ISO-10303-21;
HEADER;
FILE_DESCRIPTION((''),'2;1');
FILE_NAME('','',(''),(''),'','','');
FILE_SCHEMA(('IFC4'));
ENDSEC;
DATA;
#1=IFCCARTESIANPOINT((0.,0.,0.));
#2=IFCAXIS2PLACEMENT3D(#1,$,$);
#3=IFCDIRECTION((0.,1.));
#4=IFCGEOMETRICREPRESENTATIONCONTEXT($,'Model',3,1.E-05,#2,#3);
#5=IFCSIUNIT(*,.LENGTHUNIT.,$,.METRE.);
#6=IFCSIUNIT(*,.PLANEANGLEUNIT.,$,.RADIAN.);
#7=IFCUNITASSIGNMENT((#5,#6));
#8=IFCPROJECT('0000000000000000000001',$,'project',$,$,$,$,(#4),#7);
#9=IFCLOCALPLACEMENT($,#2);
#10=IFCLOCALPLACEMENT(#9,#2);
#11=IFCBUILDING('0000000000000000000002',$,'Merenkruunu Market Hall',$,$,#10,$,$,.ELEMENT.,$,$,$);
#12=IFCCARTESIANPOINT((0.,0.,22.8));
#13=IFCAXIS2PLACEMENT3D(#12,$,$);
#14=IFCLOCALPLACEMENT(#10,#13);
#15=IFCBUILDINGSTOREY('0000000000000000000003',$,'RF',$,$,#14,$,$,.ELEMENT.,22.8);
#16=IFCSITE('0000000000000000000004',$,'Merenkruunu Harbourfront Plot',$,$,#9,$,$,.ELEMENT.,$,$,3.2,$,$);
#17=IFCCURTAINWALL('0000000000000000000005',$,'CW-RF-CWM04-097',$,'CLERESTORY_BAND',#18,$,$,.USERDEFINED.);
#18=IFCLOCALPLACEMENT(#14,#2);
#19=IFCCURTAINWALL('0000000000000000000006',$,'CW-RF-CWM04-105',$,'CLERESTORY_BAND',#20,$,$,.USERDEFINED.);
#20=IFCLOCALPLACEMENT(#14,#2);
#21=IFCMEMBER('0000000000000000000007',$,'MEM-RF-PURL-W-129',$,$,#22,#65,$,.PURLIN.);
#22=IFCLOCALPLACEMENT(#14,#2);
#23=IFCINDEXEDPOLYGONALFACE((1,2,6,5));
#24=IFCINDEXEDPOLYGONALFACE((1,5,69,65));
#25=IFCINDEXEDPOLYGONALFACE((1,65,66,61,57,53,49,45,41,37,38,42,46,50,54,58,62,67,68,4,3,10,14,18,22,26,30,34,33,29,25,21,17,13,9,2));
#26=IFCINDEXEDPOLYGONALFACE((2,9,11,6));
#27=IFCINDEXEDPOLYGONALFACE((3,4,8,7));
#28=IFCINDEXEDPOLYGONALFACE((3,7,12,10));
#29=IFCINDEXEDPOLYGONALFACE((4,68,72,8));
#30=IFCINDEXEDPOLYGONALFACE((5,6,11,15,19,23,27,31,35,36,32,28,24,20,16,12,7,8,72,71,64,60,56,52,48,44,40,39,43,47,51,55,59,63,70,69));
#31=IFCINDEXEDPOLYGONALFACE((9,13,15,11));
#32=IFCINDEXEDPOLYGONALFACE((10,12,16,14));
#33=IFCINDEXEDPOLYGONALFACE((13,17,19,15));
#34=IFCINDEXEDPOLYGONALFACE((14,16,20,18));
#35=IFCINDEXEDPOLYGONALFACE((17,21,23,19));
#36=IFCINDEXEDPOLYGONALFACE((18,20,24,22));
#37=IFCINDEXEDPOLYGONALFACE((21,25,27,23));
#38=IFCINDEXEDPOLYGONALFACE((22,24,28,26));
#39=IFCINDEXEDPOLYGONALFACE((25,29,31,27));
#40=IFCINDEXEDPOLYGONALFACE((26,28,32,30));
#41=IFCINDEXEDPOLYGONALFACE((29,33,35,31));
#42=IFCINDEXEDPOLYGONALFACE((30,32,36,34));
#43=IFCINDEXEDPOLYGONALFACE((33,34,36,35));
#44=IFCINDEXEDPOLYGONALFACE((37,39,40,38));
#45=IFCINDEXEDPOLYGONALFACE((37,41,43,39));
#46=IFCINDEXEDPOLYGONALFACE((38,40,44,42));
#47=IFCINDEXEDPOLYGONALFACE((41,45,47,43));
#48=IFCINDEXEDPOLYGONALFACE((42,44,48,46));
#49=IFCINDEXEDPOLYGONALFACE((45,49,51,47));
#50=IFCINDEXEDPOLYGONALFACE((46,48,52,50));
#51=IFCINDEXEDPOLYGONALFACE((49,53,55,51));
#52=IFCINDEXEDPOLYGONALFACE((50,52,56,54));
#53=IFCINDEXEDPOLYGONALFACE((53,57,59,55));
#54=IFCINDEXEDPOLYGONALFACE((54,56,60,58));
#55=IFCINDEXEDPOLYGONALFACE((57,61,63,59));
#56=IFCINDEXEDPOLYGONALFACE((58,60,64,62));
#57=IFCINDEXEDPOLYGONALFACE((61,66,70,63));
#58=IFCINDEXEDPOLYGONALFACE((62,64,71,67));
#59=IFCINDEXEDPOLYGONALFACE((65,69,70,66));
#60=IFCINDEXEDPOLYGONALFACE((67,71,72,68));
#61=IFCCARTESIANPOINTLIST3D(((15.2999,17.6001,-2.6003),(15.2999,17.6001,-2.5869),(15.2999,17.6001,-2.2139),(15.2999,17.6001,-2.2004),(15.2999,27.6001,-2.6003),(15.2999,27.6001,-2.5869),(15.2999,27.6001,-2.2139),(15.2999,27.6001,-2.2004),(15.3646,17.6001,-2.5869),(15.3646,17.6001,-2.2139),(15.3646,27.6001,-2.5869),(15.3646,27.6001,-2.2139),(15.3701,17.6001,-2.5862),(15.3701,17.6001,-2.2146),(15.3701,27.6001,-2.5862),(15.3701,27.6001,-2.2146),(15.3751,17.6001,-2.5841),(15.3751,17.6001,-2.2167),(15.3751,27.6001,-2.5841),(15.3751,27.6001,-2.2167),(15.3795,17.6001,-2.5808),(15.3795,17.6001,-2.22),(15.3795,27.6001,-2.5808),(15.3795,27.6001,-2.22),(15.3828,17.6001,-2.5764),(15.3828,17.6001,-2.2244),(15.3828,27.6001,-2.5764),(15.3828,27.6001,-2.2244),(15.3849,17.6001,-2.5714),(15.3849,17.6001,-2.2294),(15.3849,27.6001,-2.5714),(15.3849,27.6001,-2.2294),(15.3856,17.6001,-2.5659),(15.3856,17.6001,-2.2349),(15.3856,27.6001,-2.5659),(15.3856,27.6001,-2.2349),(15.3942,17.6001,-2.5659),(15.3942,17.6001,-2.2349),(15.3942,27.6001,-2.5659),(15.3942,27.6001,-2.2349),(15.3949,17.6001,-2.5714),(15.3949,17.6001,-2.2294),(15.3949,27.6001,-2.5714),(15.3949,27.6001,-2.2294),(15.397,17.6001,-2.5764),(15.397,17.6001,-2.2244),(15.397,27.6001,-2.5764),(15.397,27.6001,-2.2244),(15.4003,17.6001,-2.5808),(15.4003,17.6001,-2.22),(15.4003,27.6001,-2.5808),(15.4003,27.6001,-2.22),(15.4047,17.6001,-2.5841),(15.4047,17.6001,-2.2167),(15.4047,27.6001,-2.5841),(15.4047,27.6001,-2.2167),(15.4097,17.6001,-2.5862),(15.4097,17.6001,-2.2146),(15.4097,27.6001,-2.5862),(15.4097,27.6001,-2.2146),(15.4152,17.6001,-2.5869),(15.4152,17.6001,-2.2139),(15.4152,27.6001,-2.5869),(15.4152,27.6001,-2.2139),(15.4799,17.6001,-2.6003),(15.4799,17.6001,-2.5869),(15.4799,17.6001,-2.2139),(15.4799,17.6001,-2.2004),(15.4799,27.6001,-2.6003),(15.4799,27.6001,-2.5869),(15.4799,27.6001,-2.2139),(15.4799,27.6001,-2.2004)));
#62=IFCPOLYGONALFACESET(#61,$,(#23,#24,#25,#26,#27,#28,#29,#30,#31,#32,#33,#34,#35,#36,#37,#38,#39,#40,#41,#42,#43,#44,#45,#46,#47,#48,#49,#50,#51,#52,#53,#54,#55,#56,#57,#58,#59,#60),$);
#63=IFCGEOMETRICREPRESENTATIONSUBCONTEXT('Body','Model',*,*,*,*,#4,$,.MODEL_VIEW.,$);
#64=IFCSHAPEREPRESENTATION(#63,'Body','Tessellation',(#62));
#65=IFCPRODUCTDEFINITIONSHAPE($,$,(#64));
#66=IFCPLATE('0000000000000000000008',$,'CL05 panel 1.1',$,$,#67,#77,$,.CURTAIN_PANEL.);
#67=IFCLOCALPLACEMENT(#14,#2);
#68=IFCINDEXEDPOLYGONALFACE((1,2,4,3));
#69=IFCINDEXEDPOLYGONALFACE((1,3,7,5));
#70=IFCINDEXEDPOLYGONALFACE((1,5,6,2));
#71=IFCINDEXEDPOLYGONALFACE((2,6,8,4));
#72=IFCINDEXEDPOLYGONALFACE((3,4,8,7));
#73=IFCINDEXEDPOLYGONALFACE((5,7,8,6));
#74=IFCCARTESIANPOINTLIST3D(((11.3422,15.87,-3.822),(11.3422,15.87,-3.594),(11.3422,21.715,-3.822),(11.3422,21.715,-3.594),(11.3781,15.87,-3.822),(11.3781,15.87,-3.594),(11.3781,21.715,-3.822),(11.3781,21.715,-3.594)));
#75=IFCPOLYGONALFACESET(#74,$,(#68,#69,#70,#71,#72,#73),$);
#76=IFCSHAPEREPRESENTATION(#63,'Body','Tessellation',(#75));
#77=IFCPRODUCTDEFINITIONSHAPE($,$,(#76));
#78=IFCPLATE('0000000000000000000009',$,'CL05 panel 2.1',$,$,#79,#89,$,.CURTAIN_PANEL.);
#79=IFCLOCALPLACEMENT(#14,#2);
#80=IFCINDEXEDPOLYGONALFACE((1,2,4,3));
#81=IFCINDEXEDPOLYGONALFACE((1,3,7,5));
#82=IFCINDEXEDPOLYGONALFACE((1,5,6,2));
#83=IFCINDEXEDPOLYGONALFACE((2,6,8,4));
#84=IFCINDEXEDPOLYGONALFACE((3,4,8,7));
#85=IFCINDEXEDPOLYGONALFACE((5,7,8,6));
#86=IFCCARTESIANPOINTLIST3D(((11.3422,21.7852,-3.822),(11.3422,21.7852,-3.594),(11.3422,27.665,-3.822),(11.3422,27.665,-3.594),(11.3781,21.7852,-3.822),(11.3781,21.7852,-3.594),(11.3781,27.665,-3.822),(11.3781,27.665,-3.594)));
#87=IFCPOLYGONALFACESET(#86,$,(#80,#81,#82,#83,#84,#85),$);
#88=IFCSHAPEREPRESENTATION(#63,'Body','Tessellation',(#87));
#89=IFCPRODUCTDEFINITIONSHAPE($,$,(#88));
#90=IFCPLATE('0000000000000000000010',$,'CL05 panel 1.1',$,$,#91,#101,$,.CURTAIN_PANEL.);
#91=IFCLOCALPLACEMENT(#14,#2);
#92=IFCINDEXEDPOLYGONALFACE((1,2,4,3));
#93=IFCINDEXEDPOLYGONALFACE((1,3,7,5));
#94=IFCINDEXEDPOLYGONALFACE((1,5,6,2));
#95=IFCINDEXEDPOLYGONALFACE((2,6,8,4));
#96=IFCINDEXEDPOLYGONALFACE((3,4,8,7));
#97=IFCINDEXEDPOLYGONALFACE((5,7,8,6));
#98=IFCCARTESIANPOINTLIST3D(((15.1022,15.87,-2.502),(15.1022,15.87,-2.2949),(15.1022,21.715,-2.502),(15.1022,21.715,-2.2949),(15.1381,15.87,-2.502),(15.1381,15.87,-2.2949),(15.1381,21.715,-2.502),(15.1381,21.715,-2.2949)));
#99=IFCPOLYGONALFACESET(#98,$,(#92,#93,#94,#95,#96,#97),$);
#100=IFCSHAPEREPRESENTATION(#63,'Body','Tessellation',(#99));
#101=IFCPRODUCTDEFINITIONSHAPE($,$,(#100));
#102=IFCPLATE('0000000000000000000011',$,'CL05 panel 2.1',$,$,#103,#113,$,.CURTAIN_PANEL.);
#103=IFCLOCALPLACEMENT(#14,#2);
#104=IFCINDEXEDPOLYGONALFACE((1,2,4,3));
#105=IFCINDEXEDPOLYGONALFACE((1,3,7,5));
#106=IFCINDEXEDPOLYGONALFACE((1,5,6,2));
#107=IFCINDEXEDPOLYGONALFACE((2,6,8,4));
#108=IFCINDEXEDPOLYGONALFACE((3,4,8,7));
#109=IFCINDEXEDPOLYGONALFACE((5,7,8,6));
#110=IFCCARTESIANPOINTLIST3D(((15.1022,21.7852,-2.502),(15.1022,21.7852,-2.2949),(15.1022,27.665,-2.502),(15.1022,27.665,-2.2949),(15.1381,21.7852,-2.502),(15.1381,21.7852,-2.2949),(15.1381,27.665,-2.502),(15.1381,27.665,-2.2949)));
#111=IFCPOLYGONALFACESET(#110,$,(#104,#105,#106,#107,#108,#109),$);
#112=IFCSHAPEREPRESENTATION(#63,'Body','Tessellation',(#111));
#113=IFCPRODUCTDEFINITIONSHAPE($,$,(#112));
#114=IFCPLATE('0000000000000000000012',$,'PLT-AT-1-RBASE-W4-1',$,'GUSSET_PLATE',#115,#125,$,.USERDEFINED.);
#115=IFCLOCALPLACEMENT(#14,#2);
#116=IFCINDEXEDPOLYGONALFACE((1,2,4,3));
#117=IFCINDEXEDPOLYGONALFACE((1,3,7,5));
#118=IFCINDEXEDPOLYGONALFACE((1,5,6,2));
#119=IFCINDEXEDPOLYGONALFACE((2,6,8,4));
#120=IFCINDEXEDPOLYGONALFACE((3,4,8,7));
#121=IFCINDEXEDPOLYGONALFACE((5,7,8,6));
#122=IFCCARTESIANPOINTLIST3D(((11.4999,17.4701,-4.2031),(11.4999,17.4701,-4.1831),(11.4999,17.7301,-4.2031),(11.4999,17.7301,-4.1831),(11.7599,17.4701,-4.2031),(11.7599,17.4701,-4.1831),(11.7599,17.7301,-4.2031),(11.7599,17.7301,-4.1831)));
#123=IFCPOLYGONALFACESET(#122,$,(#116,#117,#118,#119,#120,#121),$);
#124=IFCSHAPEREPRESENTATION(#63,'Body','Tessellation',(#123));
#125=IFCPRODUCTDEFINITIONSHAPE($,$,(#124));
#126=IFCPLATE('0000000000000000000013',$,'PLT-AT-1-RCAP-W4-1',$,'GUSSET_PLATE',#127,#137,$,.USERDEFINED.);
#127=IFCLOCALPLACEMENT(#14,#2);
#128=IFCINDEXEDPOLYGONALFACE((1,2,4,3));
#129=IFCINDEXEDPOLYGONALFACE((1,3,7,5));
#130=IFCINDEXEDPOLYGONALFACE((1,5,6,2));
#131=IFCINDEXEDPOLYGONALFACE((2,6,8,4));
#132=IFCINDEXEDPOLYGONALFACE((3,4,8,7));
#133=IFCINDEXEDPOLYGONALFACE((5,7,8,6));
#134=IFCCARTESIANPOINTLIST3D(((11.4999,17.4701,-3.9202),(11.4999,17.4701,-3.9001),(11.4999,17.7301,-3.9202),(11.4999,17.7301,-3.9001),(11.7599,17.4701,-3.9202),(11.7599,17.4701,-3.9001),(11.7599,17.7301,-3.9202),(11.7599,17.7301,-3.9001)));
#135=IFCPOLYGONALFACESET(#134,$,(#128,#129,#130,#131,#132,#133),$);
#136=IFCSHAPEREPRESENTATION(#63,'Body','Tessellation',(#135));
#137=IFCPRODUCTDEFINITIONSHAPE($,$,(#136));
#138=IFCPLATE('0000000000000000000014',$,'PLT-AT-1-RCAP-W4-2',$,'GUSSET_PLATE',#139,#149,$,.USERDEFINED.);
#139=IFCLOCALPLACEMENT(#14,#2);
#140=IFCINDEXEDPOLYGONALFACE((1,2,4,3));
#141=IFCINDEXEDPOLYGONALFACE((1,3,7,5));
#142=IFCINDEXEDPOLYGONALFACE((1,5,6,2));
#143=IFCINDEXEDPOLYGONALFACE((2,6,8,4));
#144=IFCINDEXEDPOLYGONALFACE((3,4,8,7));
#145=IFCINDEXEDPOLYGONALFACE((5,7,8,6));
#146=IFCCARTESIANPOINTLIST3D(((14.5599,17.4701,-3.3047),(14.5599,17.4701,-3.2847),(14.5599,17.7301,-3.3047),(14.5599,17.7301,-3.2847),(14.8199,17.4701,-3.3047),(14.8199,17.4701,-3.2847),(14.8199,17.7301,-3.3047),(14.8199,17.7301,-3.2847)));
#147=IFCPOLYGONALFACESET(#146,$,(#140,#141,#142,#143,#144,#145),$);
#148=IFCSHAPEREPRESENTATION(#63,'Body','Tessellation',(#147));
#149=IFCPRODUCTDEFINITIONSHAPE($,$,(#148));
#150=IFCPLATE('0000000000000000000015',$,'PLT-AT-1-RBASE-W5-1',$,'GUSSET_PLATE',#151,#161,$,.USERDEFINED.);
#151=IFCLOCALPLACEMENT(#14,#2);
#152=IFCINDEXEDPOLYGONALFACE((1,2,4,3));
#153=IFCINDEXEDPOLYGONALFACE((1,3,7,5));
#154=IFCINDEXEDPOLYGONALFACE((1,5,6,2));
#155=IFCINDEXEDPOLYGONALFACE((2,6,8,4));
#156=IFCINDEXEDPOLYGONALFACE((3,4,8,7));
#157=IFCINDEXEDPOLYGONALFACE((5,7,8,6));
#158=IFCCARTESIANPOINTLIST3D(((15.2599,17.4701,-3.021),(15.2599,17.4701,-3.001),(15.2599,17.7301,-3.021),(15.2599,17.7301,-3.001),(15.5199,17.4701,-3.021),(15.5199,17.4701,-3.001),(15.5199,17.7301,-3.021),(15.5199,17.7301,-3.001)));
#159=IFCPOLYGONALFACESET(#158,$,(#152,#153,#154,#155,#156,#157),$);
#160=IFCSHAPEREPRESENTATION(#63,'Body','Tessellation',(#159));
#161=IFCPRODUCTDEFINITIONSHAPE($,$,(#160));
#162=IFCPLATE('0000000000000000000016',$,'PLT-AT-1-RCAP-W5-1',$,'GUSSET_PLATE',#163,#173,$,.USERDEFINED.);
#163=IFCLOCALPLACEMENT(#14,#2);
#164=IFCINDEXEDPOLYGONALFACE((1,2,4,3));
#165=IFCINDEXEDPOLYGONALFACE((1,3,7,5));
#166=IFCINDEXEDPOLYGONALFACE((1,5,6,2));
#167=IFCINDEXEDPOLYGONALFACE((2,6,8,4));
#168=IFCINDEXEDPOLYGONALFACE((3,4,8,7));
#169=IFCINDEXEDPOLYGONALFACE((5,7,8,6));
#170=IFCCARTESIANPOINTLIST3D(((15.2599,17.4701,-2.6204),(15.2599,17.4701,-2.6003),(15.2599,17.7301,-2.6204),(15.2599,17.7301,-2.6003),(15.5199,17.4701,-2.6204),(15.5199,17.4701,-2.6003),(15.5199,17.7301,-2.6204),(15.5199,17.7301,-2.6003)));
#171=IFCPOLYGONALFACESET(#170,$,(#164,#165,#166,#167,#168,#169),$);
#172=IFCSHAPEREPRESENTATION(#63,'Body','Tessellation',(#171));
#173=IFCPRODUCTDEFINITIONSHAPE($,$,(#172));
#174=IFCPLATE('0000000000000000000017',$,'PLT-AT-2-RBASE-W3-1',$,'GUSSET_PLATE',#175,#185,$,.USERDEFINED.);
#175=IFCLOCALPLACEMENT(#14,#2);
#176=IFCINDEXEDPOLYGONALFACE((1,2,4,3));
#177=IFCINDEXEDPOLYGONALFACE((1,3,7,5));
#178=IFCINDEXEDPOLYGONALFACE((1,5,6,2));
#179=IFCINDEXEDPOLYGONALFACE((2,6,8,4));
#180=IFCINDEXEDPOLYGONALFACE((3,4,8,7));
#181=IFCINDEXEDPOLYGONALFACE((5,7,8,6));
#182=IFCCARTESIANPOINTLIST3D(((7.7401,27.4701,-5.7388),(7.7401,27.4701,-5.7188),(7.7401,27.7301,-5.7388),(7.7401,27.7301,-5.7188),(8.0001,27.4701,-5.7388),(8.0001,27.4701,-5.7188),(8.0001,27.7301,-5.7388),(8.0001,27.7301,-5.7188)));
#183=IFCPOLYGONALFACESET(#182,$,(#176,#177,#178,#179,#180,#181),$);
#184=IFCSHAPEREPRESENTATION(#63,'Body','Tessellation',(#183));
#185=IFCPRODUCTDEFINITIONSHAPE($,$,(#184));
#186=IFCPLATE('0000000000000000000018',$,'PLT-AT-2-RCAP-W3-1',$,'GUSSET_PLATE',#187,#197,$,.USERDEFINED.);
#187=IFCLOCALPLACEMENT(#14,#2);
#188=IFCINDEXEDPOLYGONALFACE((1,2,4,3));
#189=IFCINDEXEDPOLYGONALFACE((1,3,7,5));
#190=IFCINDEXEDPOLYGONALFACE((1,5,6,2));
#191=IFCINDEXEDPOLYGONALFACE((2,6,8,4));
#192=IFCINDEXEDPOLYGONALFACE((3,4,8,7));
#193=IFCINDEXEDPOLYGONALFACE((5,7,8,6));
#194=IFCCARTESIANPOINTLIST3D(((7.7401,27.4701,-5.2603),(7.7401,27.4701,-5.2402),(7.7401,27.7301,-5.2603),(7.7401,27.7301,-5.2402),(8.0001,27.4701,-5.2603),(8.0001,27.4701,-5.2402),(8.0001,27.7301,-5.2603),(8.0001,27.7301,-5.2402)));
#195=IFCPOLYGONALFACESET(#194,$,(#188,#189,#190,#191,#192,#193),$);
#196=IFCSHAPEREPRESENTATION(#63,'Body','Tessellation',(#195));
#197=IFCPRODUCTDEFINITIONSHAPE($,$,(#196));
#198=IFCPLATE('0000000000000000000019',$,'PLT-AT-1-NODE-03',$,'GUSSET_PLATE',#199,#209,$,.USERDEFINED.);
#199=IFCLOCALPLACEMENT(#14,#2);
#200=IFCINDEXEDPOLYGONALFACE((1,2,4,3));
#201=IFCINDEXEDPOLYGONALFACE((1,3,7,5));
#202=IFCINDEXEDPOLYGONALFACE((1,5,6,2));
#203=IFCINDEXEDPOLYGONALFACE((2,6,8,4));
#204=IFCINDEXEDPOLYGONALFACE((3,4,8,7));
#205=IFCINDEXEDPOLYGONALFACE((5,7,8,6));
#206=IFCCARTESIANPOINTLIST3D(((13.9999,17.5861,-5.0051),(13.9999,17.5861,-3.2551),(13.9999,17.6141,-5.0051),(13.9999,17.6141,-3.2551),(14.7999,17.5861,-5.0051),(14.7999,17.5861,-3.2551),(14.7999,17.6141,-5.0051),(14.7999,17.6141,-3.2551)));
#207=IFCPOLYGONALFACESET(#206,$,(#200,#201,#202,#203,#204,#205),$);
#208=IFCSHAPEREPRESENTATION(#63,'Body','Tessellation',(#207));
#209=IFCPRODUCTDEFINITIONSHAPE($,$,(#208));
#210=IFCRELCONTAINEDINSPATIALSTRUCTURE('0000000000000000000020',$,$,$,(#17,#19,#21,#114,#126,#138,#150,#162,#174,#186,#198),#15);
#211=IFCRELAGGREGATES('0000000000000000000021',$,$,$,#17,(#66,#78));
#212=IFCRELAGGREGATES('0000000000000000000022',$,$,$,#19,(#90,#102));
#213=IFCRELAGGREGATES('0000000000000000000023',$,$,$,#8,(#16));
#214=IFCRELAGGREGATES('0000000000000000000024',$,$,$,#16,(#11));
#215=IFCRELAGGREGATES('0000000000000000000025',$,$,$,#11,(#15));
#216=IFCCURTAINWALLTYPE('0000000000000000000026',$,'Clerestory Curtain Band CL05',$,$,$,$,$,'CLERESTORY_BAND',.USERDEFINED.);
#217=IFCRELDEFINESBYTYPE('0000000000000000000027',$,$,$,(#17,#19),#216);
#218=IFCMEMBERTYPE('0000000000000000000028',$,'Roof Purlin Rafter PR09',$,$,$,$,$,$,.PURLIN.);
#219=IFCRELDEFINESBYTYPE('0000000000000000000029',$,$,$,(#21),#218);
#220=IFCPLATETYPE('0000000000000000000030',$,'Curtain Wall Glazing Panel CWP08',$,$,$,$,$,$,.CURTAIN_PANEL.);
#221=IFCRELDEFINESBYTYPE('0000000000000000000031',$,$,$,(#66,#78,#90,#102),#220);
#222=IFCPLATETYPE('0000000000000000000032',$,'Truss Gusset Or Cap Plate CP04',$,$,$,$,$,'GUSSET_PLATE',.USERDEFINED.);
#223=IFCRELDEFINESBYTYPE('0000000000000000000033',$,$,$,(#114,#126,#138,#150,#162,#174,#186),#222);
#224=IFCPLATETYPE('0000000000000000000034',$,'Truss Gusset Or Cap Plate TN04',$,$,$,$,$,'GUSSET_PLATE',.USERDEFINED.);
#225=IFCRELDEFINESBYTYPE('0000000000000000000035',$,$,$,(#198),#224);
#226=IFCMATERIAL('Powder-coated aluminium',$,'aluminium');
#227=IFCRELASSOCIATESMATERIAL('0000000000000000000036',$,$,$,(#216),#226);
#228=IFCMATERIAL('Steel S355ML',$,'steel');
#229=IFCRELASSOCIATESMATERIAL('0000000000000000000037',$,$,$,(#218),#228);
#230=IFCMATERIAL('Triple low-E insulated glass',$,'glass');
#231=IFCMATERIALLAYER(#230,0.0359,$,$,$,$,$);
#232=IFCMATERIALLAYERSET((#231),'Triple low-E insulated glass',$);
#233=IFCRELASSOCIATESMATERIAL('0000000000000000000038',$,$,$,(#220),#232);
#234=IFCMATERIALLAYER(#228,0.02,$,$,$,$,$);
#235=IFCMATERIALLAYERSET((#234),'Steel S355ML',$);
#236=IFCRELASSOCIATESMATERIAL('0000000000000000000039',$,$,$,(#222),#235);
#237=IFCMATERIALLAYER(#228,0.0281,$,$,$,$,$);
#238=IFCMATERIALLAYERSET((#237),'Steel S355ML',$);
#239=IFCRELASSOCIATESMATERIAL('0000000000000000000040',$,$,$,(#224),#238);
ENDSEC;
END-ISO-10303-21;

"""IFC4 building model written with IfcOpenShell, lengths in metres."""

from ifc_helpers import new_model, si_unit, direction, frame, origin, origin_2d, place, context, subcontext, project, spatial, rectangle, i_section, extrude, material, layer, layer_set, material_profile, profile_set, type_object, element, aggregate, save


model = new_model("IFC4")

# Units and contexts
model_context = context("Model", 3, precision=1e-05, world=origin(), true_north=direction((0.0, 1.0)))
body_context = subcontext(model_context, "Body", "Model", "MODEL_VIEW")
ifc_project = project(units=[si_unit("LENGTHUNIT", "METRE"), si_unit("PLANEANGLEUNIT", "RADIAN")], contexts=[model_context])

# Site, building, storey
site_placement = place(None, origin())
site = spatial("IfcSite", under=ifc_project, at=site_placement, Name="Merenkruunu Harbourfront Plot", CompositionType="ELEMENT", RefElevation=3.2)
building_placement = place(site_placement, origin())
building = spatial("IfcBuilding", under=site, at=building_placement, Name="Merenkruunu Market Hall", CompositionType="ELEMENT")
storey_placement = place(building_placement, frame((0.0, 0.0, 22.8)))
storey = spatial("IfcBuildingStorey", under=building, at=storey_placement, Name="RF", CompositionType="ELEMENT", Elevation=22.8)

# Shared definitions
ifc_material_1 = material(Name="Steel S355ML", Category="steel")

# Curtain walls
ifc_material_2 = material(Name="Powder-coated aluminium", Category="aluminium")
curtain_wall_type = type_object("IfcCurtainWallType", Name="Clerestory Curtain Band CL05", ElementType="CLERESTORY_BAND", PredefinedType="USERDEFINED", material=ifc_material_2)
curtain_wall_1_placement = place(storey_placement, origin())
curtain_wall_1 = element("IfcCurtainWall", 1, at=curtain_wall_1_placement, inside=storey, type_object=curtain_wall_type, Name="CW-RF-CWM04-097", ObjectType="CLERESTORY_BAND", PredefinedType="USERDEFINED")
curtain_wall_2_placement = place(storey_placement, origin())
curtain_wall_2 = element("IfcCurtainWall", 2, at=curtain_wall_2_placement, inside=storey, type_object=curtain_wall_type, Name="CW-RF-CWM04-105", ObjectType="CLERESTORY_BAND", PredefinedType="USERDEFINED")

# Member
ifc_material_profile_1 = material_profile(ifc_material_1, i_section(OverallWidth=0.1799, OverallDepth=0.3999, WebThickness=0.0085, FlangeThickness=0.0134, FilletRadius=0.021, at=origin_2d()), Name="IPE 400")
ifc_profile_set_1 = profile_set([ifc_material_profile_1], Name="Steel S355ML")
member_type_1 = type_object("IfcMemberType", Name="Roof Purlin Rafter PR09", PredefinedType="PURLIN", material=ifc_profile_set_1)
for number, where, z_axis, x_axis, name in (
    (3, (15.3899, 17.6001, -2.4004), (0.0, 1.0, 0.0), (-1.0, 0.0, 0.0), "MEM-RF-PURL-W-129"),
):
    element("IfcMember", number, at=place(storey_placement, frame(where, z_axis=z_axis, x_axis=x_axis)), inside=storey, type_object=member_type_1, Name=name, PredefinedType="PURLIN", context=body_context, shape_type="SweptSolid", body=[
        extrude(i_section(OverallWidth=0.1799, OverallDepth=0.3999, WebThickness=0.0085, FlangeThickness=0.0134, FilletRadius=0.021, at=origin_2d()), origin(), (0.0, 0.0, 1.0), 10.0),
    ])

# Plates
ifc_material_3 = material(Name="Triple low-E insulated glass", Category="glass")
ifc_layer_1 = layer(ifc_material_3, 0.0359)
ifc_layer_set_1 = layer_set([ifc_layer_1], Name="Triple low-E insulated glass")
plate_type_1 = type_object("IfcPlateType", Name="Curtain Wall Glazing Panel CWP08", PredefinedType="CURTAIN_PANEL", material=ifc_layer_set_1)
plate_1_placement = place(storey_placement, frame((11.3601, 18.7925, -3.822), z_axis=(0.0, 0.0, 1.0), x_axis=(0.0, 1.0, 0.0)))
plate_1 = element("IfcPlate", 4, at=plate_1_placement, type_object=plate_type_1, Name="CL05 panel 1.1", PredefinedType="CURTAIN_PANEL", context=body_context, shape_type="SweptSolid", body=[
    extrude(rectangle(XDim=5.845, YDim=0.0359, at=origin_2d()), origin(), (0.0, 0.0, 1.0), 0.228),
])
plate_2_placement = place(storey_placement, frame((11.3601, 24.7251, -3.822), z_axis=(0.0, 0.0, 1.0), x_axis=(0.0, 1.0, 0.0)))
plate_2 = element("IfcPlate", 5, at=plate_2_placement, type_object=plate_type_1, Name="CL05 panel 2.1", PredefinedType="CURTAIN_PANEL", context=body_context, shape_type="SweptSolid", body=[
    extrude(rectangle(XDim=5.8799, YDim=0.0359, at=origin_2d()), origin(), (0.0, 0.0, 1.0), 0.228),
])
aggregate(curtain_wall_1, [plate_1, plate_2])
plate_3_placement = place(storey_placement, frame((15.1201, 18.7925, -2.502), z_axis=(0.0, 0.0, 1.0), x_axis=(0.0, 1.0, 0.0)))
plate_3 = element("IfcPlate", 6, at=plate_3_placement, type_object=plate_type_1, Name="CL05 panel 1.1", PredefinedType="CURTAIN_PANEL", context=body_context, shape_type="SweptSolid", body=[
    extrude(rectangle(XDim=5.845, YDim=0.0359, at=origin_2d()), origin(), (0.0, 0.0, 1.0), 0.207),
])
plate_4_placement = place(storey_placement, frame((15.1201, 24.7251, -2.502), z_axis=(0.0, 0.0, 1.0), x_axis=(0.0, 1.0, 0.0)))
plate_4 = element("IfcPlate", 7, at=plate_4_placement, type_object=plate_type_1, Name="CL05 panel 2.1", PredefinedType="CURTAIN_PANEL", context=body_context, shape_type="SweptSolid", body=[
    extrude(rectangle(XDim=5.8799, YDim=0.0359, at=origin_2d()), origin(), (0.0, 0.0, 1.0), 0.207),
])
aggregate(curtain_wall_2, [plate_3, plate_4])

# Plates
ifc_layer_2 = layer(ifc_material_1, 0.02)
ifc_layer_set_2 = layer_set([ifc_layer_2], Name="Steel S355ML")
plate_type_2 = type_object("IfcPlateType", Name="Truss Gusset Or Cap Plate CP04", ElementType="GUSSET_PLATE", PredefinedType="USERDEFINED", material=ifc_layer_set_2)
for number, where, z_axis, x_axis, name in (
    (8, (11.6299, 17.6001, -4.2031), (0.0, 0.0, 1.0), (1.0, 0.0, 0.0), "PLT-AT-1-RBASE-W4-1"),
    (9, (11.6299, 17.6001, -3.9202), (0.0, 0.0, 1.0), (1.0, 0.0, 0.0), "PLT-AT-1-RCAP-W4-1"),
    (10, (14.6899, 17.6001, -3.3047), (0.0, 0.0, 1.0), (1.0, 0.0, 0.0), "PLT-AT-1-RCAP-W4-2"),
    (11, (15.3899, 17.6001, -3.021), (0.0, 0.0, 1.0), (1.0, 0.0, 0.0), "PLT-AT-1-RBASE-W5-1"),
    (12, (15.3899, 17.6001, -2.6204), (0.0, 0.0, 1.0), (1.0, 0.0, 0.0), "PLT-AT-1-RCAP-W5-1"),
    (13, (7.8701, 27.6001, -5.7388), (0.0, 0.0, 1.0), (1.0, 0.0, 0.0), "PLT-AT-2-RBASE-W3-1"),
    (14, (7.8701, 27.6001, -5.2603), (0.0, 0.0, 1.0), (1.0, 0.0, 0.0), "PLT-AT-2-RCAP-W3-1"),
):
    element("IfcPlate", number, at=place(storey_placement, frame(where, z_axis=z_axis, x_axis=x_axis)), inside=storey, type_object=plate_type_2, Name=name, ObjectType="GUSSET_PLATE", PredefinedType="USERDEFINED", context=body_context, shape_type="SweptSolid", body=[
        extrude(rectangle(XDim=0.26, YDim=0.26, at=origin_2d()), origin(), (0.0, 0.0, 1.0), 0.02),
    ])
ifc_layer_3 = layer(ifc_material_1, 0.0281)
ifc_layer_set_3 = layer_set([ifc_layer_3], Name="Steel S355ML")
plate_type_3 = type_object("IfcPlateType", Name="Truss Gusset Or Cap Plate TN04", ElementType="GUSSET_PLATE", PredefinedType="USERDEFINED", material=ifc_layer_set_3)
plate_5_placement = place(storey_placement, frame((14.3999, 17.6001, -5.0051), z_axis=(0.0, 0.0, 1.0), x_axis=(1.0, 0.0, 0.0)))
element("IfcPlate", 15, at=plate_5_placement, inside=storey, type_object=plate_type_3, Name="PLT-AT-1-NODE-03", ObjectType="GUSSET_PLATE", PredefinedType="USERDEFINED", context=body_context, shape_type="SweptSolid", body=[
    extrude(rectangle(XDim=0.8, YDim=0.0281, at=origin_2d()), origin(), (0.0, 0.0, 1.0), 1.75),
])

save(model, "model.ifc")
